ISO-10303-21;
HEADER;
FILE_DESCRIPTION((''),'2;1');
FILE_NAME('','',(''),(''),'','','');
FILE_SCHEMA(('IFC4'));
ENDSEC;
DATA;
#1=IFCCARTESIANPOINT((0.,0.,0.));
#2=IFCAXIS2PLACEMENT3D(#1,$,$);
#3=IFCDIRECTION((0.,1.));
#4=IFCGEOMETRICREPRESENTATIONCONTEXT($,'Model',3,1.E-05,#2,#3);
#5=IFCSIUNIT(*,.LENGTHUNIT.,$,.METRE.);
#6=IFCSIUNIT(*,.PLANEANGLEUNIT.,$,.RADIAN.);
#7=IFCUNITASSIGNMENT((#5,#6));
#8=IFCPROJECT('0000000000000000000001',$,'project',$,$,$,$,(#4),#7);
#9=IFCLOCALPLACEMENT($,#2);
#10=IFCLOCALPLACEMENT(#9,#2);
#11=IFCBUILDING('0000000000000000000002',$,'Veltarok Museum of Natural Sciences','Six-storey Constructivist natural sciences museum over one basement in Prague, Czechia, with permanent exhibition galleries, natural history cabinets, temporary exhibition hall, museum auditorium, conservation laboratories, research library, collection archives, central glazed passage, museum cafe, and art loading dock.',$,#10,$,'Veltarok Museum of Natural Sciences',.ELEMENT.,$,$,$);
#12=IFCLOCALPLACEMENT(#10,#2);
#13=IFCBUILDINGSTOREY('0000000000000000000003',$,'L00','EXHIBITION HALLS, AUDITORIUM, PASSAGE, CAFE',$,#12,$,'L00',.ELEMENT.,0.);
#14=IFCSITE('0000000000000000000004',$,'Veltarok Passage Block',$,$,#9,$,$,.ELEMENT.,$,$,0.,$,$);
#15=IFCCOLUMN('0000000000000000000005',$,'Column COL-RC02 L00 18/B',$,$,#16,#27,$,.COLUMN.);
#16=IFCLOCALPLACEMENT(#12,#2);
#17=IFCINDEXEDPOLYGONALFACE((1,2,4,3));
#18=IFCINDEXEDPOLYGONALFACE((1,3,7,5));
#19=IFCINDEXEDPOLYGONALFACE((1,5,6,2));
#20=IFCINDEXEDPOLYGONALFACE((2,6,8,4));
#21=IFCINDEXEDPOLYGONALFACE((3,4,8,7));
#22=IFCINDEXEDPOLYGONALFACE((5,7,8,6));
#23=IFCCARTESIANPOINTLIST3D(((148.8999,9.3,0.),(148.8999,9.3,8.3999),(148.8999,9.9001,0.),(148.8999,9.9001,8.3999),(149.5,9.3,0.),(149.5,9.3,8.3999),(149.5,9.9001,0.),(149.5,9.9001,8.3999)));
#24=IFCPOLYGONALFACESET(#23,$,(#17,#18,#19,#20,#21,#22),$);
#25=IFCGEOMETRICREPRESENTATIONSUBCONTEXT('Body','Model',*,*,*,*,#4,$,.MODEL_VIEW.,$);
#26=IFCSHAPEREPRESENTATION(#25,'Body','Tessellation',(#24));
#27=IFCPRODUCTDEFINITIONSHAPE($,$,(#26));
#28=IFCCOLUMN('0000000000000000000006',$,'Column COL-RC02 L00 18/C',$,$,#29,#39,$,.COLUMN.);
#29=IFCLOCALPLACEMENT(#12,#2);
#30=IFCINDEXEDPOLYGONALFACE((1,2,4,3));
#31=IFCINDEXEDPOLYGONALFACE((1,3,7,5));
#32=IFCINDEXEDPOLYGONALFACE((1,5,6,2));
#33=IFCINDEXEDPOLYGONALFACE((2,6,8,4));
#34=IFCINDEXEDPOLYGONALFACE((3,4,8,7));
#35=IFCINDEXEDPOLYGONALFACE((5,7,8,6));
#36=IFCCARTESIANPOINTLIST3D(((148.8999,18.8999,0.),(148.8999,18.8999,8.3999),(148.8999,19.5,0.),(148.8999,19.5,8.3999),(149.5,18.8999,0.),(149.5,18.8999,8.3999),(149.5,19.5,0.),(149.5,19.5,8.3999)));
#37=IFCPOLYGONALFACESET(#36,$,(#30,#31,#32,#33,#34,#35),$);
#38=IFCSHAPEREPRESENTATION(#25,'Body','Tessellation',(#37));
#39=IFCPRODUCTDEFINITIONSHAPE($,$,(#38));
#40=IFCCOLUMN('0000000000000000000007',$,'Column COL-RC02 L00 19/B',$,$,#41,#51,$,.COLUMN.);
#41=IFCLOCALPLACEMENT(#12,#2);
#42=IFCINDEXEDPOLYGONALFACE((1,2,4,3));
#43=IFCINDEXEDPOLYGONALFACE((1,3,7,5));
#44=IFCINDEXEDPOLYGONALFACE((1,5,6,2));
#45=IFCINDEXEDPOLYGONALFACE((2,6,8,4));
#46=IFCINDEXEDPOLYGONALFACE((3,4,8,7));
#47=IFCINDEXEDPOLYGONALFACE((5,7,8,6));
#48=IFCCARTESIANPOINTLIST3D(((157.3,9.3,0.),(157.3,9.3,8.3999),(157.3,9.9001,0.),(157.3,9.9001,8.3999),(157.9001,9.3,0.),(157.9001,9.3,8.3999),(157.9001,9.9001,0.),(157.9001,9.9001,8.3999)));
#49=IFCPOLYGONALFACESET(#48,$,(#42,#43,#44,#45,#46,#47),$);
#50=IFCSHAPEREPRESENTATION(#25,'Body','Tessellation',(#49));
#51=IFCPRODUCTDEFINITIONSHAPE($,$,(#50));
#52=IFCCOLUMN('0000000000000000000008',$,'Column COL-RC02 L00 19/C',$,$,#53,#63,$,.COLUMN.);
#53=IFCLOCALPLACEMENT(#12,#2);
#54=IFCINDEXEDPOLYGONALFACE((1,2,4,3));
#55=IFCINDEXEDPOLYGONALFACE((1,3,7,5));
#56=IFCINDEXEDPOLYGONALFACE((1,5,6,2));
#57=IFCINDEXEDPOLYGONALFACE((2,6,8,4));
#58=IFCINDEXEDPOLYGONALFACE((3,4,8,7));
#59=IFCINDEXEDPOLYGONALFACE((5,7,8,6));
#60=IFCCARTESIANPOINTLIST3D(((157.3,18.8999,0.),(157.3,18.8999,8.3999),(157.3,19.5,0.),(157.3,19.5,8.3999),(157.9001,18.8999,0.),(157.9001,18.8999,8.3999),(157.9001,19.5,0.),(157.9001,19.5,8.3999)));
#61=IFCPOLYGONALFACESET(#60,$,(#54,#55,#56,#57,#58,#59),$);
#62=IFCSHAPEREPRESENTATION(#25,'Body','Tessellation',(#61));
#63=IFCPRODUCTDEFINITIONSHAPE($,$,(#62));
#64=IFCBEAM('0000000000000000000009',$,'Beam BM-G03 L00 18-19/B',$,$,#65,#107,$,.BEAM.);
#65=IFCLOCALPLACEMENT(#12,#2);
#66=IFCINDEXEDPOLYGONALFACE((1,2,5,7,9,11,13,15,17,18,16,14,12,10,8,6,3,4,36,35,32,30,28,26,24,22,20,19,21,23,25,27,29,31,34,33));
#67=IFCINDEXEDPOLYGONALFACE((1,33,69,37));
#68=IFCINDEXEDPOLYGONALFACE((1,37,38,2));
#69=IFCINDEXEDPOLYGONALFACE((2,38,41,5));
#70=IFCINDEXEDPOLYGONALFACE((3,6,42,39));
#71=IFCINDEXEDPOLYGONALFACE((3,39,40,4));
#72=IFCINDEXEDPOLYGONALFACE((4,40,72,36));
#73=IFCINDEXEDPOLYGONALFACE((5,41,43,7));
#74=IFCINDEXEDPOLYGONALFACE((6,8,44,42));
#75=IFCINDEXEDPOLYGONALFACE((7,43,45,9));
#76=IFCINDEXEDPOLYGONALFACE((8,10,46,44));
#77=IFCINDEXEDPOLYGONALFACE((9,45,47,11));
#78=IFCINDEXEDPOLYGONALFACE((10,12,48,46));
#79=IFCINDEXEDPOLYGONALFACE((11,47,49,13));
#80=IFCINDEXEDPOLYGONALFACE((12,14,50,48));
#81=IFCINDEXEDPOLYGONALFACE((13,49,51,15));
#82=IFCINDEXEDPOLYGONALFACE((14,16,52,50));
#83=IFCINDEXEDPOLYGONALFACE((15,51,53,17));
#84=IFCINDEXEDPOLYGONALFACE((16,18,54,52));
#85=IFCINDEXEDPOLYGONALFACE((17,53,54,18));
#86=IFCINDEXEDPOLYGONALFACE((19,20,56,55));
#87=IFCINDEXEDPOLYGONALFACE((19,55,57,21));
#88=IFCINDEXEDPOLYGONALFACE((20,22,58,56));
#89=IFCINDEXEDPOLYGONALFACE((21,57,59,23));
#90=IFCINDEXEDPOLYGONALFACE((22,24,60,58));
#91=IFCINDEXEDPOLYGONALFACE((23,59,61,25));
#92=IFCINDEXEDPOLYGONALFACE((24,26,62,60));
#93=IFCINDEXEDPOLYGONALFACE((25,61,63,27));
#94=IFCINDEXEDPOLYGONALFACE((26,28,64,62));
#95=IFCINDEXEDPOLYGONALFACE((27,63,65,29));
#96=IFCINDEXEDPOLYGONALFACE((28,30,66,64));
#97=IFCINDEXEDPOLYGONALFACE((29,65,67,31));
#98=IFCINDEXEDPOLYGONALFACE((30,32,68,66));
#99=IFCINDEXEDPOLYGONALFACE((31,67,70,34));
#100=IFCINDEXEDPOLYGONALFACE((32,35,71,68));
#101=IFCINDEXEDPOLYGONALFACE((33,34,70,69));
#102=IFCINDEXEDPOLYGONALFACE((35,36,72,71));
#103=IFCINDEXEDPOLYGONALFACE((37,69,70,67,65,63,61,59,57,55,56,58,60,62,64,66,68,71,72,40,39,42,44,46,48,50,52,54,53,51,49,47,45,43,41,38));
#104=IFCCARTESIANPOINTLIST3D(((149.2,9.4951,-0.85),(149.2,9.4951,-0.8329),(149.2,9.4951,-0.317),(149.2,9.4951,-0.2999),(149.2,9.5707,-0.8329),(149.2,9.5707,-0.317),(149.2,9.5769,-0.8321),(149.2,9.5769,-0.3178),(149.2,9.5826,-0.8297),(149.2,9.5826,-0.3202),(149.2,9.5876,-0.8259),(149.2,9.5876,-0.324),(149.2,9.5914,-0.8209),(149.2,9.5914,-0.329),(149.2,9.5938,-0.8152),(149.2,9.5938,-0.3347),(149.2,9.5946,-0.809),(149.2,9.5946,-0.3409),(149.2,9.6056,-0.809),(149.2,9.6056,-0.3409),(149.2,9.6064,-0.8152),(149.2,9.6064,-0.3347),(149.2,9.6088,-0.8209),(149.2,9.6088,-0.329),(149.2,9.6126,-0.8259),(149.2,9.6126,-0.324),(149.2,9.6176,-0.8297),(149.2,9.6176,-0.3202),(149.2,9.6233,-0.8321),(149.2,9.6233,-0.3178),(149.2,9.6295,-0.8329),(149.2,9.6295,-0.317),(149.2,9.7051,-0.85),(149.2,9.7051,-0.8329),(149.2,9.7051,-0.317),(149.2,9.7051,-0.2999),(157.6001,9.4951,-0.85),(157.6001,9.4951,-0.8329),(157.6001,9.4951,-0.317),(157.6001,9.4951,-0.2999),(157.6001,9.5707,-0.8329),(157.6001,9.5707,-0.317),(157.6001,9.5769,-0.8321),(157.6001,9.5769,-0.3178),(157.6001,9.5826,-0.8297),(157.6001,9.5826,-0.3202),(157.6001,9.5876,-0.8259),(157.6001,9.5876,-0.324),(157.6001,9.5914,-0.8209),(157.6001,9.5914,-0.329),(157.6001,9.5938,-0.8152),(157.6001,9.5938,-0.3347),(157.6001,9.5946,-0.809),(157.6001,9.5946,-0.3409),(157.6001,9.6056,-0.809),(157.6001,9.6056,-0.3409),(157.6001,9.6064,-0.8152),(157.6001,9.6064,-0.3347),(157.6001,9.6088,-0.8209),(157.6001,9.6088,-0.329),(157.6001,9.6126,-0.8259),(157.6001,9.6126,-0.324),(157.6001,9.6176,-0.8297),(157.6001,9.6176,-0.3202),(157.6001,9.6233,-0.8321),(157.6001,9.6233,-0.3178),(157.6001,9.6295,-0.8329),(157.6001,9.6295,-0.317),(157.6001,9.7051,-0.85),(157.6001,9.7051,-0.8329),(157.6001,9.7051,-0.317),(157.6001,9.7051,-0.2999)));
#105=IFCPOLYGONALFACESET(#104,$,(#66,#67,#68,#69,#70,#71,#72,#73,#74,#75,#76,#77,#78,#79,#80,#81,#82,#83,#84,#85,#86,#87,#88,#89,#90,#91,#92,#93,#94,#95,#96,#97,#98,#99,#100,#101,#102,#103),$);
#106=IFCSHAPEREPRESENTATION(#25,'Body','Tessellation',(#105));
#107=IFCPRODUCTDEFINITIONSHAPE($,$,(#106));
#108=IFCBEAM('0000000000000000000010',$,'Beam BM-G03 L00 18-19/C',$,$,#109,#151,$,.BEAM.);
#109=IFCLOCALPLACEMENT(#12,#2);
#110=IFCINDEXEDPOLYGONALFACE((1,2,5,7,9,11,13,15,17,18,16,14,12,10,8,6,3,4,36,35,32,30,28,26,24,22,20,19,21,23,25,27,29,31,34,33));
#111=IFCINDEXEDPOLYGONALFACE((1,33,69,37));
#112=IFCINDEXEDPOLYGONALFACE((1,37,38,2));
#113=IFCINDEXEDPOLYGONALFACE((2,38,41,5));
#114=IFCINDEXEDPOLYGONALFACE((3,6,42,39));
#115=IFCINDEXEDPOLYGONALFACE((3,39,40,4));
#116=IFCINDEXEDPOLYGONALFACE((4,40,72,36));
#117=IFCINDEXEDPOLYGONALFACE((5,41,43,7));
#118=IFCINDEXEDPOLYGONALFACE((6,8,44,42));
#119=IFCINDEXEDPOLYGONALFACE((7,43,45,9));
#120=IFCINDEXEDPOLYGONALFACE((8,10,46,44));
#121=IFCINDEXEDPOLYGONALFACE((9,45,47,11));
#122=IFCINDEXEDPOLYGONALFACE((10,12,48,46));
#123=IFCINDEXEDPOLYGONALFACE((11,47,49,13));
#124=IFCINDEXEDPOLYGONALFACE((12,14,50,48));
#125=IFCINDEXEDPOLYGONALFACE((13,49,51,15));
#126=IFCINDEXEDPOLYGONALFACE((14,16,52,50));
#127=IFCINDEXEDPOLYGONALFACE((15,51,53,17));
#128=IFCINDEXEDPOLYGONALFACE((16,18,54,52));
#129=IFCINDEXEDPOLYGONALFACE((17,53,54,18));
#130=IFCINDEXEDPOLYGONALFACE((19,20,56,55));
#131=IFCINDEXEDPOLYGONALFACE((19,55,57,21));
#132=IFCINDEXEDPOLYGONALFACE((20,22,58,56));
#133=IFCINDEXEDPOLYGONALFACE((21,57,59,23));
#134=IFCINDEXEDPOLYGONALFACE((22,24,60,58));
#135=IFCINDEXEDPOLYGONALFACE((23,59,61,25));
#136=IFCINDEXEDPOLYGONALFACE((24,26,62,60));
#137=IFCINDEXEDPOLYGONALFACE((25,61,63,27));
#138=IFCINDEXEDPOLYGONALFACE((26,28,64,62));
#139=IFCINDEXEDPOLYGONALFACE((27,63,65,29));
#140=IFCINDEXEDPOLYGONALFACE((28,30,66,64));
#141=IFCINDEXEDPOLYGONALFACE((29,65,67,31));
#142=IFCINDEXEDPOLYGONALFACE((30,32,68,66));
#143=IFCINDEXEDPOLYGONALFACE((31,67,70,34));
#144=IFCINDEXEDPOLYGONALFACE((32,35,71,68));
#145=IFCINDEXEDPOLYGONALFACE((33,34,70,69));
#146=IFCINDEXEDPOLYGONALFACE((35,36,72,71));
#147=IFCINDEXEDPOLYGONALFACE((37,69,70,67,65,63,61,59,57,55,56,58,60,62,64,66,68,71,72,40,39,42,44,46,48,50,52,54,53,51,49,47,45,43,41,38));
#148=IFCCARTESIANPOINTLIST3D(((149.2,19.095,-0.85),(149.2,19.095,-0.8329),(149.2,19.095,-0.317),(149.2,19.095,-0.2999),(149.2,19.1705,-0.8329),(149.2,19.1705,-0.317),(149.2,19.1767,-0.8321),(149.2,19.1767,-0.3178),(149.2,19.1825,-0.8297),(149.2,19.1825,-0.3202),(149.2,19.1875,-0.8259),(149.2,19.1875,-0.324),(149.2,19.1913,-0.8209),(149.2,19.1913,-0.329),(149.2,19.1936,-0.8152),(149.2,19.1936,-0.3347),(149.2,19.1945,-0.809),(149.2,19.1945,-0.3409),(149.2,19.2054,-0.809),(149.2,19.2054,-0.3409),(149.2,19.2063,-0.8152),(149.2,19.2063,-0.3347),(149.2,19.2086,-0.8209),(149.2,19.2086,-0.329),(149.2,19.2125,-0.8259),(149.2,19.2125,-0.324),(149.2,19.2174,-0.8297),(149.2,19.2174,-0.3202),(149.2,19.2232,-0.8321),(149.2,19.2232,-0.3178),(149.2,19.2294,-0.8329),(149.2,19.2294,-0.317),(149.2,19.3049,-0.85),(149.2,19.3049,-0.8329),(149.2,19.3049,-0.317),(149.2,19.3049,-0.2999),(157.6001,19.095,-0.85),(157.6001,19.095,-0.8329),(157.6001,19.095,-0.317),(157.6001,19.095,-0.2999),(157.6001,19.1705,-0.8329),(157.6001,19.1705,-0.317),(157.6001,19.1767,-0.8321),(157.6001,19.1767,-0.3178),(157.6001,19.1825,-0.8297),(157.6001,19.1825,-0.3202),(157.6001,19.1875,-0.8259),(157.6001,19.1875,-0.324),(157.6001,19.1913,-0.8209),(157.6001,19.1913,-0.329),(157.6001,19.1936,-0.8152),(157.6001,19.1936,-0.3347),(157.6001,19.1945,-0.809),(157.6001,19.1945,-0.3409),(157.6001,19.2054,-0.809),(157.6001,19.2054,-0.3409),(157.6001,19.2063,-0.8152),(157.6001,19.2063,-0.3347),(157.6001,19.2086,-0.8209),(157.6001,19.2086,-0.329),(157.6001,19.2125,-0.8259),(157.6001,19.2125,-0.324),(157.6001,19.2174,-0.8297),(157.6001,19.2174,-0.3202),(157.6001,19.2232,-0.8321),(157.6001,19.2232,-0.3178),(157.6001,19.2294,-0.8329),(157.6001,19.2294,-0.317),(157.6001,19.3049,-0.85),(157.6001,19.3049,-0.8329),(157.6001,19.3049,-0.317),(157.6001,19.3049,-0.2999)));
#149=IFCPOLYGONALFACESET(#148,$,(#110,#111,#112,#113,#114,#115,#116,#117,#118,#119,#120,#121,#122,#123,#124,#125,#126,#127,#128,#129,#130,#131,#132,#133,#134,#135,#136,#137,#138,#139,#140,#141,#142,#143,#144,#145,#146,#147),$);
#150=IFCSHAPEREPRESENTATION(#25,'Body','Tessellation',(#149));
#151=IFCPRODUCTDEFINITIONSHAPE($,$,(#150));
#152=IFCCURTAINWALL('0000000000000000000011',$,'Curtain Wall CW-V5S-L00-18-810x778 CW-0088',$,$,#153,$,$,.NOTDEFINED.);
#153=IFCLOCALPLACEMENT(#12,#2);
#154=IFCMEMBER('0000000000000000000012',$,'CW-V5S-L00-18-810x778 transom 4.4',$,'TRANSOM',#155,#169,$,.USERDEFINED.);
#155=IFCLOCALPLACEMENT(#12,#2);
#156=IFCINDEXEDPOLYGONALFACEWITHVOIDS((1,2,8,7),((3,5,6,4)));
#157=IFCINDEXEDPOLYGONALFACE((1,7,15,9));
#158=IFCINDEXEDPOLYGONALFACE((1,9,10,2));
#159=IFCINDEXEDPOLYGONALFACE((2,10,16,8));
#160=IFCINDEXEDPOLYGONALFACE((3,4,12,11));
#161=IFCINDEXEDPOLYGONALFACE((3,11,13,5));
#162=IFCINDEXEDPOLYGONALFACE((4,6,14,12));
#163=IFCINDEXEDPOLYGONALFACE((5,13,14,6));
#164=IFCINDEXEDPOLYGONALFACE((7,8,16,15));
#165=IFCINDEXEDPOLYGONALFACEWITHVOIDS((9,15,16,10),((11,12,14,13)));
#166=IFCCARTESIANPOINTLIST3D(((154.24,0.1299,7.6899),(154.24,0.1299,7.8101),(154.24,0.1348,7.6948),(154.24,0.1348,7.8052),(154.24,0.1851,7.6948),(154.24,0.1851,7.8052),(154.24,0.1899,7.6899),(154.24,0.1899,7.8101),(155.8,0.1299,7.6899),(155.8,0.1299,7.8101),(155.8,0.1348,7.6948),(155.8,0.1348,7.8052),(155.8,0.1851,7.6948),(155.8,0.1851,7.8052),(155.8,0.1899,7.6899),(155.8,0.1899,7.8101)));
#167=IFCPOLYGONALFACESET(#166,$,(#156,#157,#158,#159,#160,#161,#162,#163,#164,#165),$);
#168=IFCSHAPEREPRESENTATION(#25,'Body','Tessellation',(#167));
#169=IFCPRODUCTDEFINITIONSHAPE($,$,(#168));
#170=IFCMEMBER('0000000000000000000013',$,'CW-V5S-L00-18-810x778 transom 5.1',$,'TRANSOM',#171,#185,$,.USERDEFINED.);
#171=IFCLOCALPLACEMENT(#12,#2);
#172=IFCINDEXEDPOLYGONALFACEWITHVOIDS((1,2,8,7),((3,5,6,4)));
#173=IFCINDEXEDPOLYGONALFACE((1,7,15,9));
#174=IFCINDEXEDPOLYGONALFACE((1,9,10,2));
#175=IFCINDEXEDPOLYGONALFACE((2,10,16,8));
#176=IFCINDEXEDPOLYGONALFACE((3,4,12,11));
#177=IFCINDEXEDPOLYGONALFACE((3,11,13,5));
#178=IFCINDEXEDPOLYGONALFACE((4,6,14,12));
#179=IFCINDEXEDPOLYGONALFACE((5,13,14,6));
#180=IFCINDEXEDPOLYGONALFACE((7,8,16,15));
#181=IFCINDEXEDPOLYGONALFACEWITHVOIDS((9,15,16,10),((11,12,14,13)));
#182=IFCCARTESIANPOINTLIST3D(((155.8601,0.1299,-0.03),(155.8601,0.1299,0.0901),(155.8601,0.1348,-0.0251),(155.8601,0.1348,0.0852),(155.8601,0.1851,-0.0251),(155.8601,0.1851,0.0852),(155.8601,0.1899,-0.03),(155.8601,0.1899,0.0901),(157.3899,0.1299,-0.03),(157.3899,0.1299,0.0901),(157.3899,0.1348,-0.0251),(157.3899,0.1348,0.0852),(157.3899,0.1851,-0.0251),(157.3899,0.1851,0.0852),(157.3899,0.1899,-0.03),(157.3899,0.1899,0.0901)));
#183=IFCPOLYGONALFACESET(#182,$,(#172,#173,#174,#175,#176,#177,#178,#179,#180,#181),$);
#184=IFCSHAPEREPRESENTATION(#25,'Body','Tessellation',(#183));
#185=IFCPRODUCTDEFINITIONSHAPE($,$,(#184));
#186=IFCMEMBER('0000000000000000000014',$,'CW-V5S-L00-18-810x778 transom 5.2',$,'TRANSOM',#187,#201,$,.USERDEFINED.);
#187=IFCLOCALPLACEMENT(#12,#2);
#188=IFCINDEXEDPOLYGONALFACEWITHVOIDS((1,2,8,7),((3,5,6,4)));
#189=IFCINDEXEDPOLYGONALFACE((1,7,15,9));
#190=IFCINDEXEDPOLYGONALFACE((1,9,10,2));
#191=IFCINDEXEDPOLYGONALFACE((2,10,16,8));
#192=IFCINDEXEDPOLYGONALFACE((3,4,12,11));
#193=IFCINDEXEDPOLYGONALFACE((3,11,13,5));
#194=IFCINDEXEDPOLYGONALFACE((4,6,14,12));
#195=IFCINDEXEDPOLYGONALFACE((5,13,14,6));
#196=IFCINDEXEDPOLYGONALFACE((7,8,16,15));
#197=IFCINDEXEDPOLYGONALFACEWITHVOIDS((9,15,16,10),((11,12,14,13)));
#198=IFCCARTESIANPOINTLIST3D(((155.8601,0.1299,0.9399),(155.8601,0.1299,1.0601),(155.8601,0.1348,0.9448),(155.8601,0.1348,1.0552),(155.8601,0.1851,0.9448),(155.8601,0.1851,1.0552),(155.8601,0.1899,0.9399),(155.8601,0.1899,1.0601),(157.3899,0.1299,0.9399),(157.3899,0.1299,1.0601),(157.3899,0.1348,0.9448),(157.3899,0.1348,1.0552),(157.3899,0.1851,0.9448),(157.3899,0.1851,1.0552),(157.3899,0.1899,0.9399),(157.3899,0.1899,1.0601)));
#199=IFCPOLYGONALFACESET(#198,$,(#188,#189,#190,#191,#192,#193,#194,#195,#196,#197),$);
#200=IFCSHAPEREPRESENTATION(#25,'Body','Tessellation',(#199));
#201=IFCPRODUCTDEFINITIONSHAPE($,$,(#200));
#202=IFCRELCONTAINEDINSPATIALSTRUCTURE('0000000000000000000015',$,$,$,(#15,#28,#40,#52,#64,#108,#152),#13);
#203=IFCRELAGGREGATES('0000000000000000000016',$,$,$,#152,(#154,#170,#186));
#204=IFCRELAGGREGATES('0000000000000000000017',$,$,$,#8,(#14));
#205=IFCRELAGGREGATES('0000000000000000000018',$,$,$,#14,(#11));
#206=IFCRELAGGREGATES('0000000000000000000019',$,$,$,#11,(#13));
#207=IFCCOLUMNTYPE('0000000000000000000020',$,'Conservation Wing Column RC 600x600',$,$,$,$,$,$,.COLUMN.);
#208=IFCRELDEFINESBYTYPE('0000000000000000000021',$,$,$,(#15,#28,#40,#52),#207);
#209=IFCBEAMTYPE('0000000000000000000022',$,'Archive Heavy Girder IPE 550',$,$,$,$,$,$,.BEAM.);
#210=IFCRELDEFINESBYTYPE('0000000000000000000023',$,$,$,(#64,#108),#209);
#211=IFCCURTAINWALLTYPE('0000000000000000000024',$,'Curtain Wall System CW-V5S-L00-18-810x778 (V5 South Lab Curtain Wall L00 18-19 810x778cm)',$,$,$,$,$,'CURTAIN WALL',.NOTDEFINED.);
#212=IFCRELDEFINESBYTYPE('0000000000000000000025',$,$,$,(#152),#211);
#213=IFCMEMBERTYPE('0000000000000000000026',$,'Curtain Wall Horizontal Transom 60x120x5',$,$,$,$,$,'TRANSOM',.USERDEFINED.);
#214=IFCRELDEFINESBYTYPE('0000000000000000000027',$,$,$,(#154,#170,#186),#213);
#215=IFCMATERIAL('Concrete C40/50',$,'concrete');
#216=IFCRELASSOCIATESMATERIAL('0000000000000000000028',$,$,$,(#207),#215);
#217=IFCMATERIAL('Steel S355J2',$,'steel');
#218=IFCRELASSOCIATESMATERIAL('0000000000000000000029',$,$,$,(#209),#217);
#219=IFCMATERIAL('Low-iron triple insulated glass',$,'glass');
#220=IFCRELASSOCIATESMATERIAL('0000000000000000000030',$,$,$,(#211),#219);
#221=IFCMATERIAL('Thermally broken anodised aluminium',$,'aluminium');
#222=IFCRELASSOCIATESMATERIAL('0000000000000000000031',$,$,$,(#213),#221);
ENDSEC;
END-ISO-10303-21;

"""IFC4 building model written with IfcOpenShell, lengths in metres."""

from ifc_helpers import new_model, si_unit, direction, frame, origin, origin_2d, place, context, subcontext, project, spatial, rectangle, hollow_rectangle, i_section, extrude, material, material_profile, profile_set, type_object, element, aggregate, save


model = new_model("IFC4")

# Units and contexts
model_context = context("Model", 3, precision=1e-05, world=origin(), true_north=direction((0.0, 1.0)))
body_context = subcontext(model_context, "Body", "Model", "MODEL_VIEW")
ifc_project = project(units=[si_unit("LENGTHUNIT", "METRE"), si_unit("PLANEANGLEUNIT", "RADIAN")], contexts=[model_context])

# Site, building, storey
site_placement = place(None, origin())
site = spatial("IfcSite", under=ifc_project, at=site_placement, Name="Veltarok Passage Block", CompositionType="ELEMENT", RefElevation=0.0)
building_placement = place(site_placement, origin())
building = spatial("IfcBuilding", under=site, at=building_placement, Name="Veltarok Museum of Natural Sciences", Description="Six-storey Constructivist natural sciences museum over one basement in Prague, Czechia, with permanent exhibition galleries, natural history cabinets, temporary exhibition hall, museum auditorium, conservation laboratories, research library, collection archives, central glazed passage, museum cafe, and art loading dock.", LongName="Veltarok Museum of Natural Sciences", CompositionType="ELEMENT")
storey_placement = place(building_placement, origin())
storey = spatial("IfcBuildingStorey", under=building, at=storey_placement, Name="L00", Description="EXHIBITION HALLS, AUDITORIUM, PASSAGE, CAFE", LongName="L00", CompositionType="ELEMENT", Elevation=0.0)

# Columns
ifc_material_1 = material(Name="Concrete C40/50", Category="concrete")
ifc_material_profile_1 = material_profile(ifc_material_1, rectangle(XDim=0.6001, YDim=0.6001, at=origin_2d()), Name="RC 600x600")
ifc_profile_set_1 = profile_set([ifc_material_profile_1], Name="Concrete C40/50")
column_type = type_object("IfcColumnType", Name="Conservation Wing Column RC 600x600", PredefinedType="COLUMN", material=ifc_profile_set_1)
for number, where, z_axis, x_axis, name in (
    (1, (149.2, 9.6001, 0.0), (0.0, 0.0, 1.0), (1.0, 0.0, 0.0), "Column COL-RC02 L00 18/B"),
    (2, (149.2, 19.2, 0.0), (0.0, 0.0, 1.0), (1.0, 0.0, 0.0), "Column COL-RC02 L00 18/C"),
    (3, (157.6001, 9.6001, 0.0), (0.0, 0.0, 1.0), (1.0, 0.0, 0.0), "Column COL-RC02 L00 19/B"),
    (4, (157.6001, 19.2, 0.0), (0.0, 0.0, 1.0), (1.0, 0.0, 0.0), "Column COL-RC02 L00 19/C"),
):
    element("IfcColumn", number, at=place(storey_placement, frame(where, z_axis=z_axis, x_axis=x_axis)), inside=storey, type_object=column_type, Name=name, PredefinedType="COLUMN", context=body_context, shape_type="SweptSolid", body=[
        extrude(rectangle(XDim=0.6001, YDim=0.6001, at=origin_2d()), origin(), (0.0, 0.0, 1.0), 8.3999),
    ])

# Beams
ifc_material_2 = material(Name="Steel S355J2", Category="steel")
ifc_material_profile_2 = material_profile(ifc_material_2, i_section(OverallWidth=0.21, OverallDepth=0.55, WebThickness=0.011, FlangeThickness=0.0171, FilletRadius=0.0239, at=origin_2d()), Name="IPE 550")
ifc_profile_set_2 = profile_set([ifc_material_profile_2], Name="Steel S355J2")
beam_type_1 = type_object("IfcBeamType", Name="Archive Heavy Girder IPE 550", PredefinedType="BEAM", material=ifc_profile_set_2)
for number, where, z_axis, x_axis, name in (
    (5, (149.2, 9.6001, -0.575), (1.0, 0.0, 0.0), (0.0, 1.0, 0.0), "Beam BM-G03 L00 18-19/B"),
    (6, (149.2, 19.2, -0.575), (1.0, 0.0, 0.0), (0.0, 1.0, 0.0), "Beam BM-G03 L00 18-19/C"),
):
    element("IfcBeam", number, at=place(storey_placement, frame(where, z_axis=z_axis, x_axis=x_axis)), inside=storey, type_object=beam_type_1, Name=name, PredefinedType="BEAM", context=body_context, shape_type="SweptSolid", body=[
        extrude(i_section(OverallWidth=0.21, OverallDepth=0.55, WebThickness=0.011, FlangeThickness=0.0171, FilletRadius=0.0239, at=origin_2d()), origin(), (0.0, 0.0, 1.0), 8.4001),
    ])

# Curtain wall, members
ifc_material_3 = material(Name="Low-iron triple insulated glass", Category="glass")
curtain_wall_type = type_object("IfcCurtainWallType", Name="Curtain Wall System CW-V5S-L00-18-810x778 (V5 South Lab Curtain Wall L00 18-19 810x778cm)", ElementType="CURTAIN WALL", PredefinedType="NOTDEFINED", material=ifc_material_3)
curtain_wall_placement = place(storey_placement, origin())
curtain_wall = element("IfcCurtainWall", 7, at=curtain_wall_placement, inside=storey, type_object=curtain_wall_type, Name="Curtain Wall CW-V5S-L00-18-810x778 CW-0088", PredefinedType="NOTDEFINED")
ifc_material_4 = material(Name="Thermally broken anodised aluminium", Category="aluminium")
ifc_material_profile_3 = material_profile(ifc_material_4, hollow_rectangle(XDim=0.0601, YDim=0.1201, WallThickness=0.0049, at=origin_2d()), Name="CW TRANSOM 60x120x5")
ifc_profile_set_3 = profile_set([ifc_material_profile_3], Name="Thermally broken anodised aluminium")
member_type_1 = type_object("IfcMemberType", Name="Curtain Wall Horizontal Transom 60x120x5", ElementType="TRANSOM", PredefinedType="USERDEFINED", material=ifc_profile_set_3)
member_1_placement = place(storey_placement, frame((154.24, 0.1599, 7.75), z_axis=(1.0, 0.0, 0.0), x_axis=(0.0, 1.0, 0.0)))
member_1 = element("IfcMember", 8, at=member_1_placement, type_object=member_type_1, Name="CW-V5S-L00-18-810x778 transom 4.4", ObjectType="TRANSOM", PredefinedType="USERDEFINED", context=body_context, shape_type="SweptSolid", body=[
    extrude(hollow_rectangle(XDim=0.0601, YDim=0.1201, WallThickness=0.0049, at=origin_2d()), origin(), (0.0, 0.0, 1.0), 1.5601),
])
member_2_placement = place(storey_placement, frame((155.8601, 0.1599, 0.03), z_axis=(1.0, 0.0, 0.0), x_axis=(0.0, 1.0, 0.0)))
member_2 = element("IfcMember", 9, at=member_2_placement, type_object=member_type_1, Name="CW-V5S-L00-18-810x778 transom 5.1", ObjectType="TRANSOM", PredefinedType="USERDEFINED", context=body_context, shape_type="SweptSolid", body=[
    extrude(hollow_rectangle(XDim=0.0601, YDim=0.1201, WallThickness=0.0049, at=origin_2d()), origin(), (0.0, 0.0, 1.0), 1.5298),
])
member_3_placement = place(storey_placement, frame((155.8601, 0.1599, 1.0), z_axis=(1.0, 0.0, 0.0), x_axis=(0.0, 1.0, 0.0)))
member_3 = element("IfcMember", 10, at=member_3_placement, type_object=member_type_1, Name="CW-V5S-L00-18-810x778 transom 5.2", ObjectType="TRANSOM", PredefinedType="USERDEFINED", context=body_context, shape_type="SweptSolid", body=[
    extrude(hollow_rectangle(XDim=0.0601, YDim=0.1201, WallThickness=0.0049, at=origin_2d()), origin(), (0.0, 0.0, 1.0), 1.5298),
])

aggregate(curtain_wall, [member_1, member_2, member_3])

save(model, "model.ifc")
